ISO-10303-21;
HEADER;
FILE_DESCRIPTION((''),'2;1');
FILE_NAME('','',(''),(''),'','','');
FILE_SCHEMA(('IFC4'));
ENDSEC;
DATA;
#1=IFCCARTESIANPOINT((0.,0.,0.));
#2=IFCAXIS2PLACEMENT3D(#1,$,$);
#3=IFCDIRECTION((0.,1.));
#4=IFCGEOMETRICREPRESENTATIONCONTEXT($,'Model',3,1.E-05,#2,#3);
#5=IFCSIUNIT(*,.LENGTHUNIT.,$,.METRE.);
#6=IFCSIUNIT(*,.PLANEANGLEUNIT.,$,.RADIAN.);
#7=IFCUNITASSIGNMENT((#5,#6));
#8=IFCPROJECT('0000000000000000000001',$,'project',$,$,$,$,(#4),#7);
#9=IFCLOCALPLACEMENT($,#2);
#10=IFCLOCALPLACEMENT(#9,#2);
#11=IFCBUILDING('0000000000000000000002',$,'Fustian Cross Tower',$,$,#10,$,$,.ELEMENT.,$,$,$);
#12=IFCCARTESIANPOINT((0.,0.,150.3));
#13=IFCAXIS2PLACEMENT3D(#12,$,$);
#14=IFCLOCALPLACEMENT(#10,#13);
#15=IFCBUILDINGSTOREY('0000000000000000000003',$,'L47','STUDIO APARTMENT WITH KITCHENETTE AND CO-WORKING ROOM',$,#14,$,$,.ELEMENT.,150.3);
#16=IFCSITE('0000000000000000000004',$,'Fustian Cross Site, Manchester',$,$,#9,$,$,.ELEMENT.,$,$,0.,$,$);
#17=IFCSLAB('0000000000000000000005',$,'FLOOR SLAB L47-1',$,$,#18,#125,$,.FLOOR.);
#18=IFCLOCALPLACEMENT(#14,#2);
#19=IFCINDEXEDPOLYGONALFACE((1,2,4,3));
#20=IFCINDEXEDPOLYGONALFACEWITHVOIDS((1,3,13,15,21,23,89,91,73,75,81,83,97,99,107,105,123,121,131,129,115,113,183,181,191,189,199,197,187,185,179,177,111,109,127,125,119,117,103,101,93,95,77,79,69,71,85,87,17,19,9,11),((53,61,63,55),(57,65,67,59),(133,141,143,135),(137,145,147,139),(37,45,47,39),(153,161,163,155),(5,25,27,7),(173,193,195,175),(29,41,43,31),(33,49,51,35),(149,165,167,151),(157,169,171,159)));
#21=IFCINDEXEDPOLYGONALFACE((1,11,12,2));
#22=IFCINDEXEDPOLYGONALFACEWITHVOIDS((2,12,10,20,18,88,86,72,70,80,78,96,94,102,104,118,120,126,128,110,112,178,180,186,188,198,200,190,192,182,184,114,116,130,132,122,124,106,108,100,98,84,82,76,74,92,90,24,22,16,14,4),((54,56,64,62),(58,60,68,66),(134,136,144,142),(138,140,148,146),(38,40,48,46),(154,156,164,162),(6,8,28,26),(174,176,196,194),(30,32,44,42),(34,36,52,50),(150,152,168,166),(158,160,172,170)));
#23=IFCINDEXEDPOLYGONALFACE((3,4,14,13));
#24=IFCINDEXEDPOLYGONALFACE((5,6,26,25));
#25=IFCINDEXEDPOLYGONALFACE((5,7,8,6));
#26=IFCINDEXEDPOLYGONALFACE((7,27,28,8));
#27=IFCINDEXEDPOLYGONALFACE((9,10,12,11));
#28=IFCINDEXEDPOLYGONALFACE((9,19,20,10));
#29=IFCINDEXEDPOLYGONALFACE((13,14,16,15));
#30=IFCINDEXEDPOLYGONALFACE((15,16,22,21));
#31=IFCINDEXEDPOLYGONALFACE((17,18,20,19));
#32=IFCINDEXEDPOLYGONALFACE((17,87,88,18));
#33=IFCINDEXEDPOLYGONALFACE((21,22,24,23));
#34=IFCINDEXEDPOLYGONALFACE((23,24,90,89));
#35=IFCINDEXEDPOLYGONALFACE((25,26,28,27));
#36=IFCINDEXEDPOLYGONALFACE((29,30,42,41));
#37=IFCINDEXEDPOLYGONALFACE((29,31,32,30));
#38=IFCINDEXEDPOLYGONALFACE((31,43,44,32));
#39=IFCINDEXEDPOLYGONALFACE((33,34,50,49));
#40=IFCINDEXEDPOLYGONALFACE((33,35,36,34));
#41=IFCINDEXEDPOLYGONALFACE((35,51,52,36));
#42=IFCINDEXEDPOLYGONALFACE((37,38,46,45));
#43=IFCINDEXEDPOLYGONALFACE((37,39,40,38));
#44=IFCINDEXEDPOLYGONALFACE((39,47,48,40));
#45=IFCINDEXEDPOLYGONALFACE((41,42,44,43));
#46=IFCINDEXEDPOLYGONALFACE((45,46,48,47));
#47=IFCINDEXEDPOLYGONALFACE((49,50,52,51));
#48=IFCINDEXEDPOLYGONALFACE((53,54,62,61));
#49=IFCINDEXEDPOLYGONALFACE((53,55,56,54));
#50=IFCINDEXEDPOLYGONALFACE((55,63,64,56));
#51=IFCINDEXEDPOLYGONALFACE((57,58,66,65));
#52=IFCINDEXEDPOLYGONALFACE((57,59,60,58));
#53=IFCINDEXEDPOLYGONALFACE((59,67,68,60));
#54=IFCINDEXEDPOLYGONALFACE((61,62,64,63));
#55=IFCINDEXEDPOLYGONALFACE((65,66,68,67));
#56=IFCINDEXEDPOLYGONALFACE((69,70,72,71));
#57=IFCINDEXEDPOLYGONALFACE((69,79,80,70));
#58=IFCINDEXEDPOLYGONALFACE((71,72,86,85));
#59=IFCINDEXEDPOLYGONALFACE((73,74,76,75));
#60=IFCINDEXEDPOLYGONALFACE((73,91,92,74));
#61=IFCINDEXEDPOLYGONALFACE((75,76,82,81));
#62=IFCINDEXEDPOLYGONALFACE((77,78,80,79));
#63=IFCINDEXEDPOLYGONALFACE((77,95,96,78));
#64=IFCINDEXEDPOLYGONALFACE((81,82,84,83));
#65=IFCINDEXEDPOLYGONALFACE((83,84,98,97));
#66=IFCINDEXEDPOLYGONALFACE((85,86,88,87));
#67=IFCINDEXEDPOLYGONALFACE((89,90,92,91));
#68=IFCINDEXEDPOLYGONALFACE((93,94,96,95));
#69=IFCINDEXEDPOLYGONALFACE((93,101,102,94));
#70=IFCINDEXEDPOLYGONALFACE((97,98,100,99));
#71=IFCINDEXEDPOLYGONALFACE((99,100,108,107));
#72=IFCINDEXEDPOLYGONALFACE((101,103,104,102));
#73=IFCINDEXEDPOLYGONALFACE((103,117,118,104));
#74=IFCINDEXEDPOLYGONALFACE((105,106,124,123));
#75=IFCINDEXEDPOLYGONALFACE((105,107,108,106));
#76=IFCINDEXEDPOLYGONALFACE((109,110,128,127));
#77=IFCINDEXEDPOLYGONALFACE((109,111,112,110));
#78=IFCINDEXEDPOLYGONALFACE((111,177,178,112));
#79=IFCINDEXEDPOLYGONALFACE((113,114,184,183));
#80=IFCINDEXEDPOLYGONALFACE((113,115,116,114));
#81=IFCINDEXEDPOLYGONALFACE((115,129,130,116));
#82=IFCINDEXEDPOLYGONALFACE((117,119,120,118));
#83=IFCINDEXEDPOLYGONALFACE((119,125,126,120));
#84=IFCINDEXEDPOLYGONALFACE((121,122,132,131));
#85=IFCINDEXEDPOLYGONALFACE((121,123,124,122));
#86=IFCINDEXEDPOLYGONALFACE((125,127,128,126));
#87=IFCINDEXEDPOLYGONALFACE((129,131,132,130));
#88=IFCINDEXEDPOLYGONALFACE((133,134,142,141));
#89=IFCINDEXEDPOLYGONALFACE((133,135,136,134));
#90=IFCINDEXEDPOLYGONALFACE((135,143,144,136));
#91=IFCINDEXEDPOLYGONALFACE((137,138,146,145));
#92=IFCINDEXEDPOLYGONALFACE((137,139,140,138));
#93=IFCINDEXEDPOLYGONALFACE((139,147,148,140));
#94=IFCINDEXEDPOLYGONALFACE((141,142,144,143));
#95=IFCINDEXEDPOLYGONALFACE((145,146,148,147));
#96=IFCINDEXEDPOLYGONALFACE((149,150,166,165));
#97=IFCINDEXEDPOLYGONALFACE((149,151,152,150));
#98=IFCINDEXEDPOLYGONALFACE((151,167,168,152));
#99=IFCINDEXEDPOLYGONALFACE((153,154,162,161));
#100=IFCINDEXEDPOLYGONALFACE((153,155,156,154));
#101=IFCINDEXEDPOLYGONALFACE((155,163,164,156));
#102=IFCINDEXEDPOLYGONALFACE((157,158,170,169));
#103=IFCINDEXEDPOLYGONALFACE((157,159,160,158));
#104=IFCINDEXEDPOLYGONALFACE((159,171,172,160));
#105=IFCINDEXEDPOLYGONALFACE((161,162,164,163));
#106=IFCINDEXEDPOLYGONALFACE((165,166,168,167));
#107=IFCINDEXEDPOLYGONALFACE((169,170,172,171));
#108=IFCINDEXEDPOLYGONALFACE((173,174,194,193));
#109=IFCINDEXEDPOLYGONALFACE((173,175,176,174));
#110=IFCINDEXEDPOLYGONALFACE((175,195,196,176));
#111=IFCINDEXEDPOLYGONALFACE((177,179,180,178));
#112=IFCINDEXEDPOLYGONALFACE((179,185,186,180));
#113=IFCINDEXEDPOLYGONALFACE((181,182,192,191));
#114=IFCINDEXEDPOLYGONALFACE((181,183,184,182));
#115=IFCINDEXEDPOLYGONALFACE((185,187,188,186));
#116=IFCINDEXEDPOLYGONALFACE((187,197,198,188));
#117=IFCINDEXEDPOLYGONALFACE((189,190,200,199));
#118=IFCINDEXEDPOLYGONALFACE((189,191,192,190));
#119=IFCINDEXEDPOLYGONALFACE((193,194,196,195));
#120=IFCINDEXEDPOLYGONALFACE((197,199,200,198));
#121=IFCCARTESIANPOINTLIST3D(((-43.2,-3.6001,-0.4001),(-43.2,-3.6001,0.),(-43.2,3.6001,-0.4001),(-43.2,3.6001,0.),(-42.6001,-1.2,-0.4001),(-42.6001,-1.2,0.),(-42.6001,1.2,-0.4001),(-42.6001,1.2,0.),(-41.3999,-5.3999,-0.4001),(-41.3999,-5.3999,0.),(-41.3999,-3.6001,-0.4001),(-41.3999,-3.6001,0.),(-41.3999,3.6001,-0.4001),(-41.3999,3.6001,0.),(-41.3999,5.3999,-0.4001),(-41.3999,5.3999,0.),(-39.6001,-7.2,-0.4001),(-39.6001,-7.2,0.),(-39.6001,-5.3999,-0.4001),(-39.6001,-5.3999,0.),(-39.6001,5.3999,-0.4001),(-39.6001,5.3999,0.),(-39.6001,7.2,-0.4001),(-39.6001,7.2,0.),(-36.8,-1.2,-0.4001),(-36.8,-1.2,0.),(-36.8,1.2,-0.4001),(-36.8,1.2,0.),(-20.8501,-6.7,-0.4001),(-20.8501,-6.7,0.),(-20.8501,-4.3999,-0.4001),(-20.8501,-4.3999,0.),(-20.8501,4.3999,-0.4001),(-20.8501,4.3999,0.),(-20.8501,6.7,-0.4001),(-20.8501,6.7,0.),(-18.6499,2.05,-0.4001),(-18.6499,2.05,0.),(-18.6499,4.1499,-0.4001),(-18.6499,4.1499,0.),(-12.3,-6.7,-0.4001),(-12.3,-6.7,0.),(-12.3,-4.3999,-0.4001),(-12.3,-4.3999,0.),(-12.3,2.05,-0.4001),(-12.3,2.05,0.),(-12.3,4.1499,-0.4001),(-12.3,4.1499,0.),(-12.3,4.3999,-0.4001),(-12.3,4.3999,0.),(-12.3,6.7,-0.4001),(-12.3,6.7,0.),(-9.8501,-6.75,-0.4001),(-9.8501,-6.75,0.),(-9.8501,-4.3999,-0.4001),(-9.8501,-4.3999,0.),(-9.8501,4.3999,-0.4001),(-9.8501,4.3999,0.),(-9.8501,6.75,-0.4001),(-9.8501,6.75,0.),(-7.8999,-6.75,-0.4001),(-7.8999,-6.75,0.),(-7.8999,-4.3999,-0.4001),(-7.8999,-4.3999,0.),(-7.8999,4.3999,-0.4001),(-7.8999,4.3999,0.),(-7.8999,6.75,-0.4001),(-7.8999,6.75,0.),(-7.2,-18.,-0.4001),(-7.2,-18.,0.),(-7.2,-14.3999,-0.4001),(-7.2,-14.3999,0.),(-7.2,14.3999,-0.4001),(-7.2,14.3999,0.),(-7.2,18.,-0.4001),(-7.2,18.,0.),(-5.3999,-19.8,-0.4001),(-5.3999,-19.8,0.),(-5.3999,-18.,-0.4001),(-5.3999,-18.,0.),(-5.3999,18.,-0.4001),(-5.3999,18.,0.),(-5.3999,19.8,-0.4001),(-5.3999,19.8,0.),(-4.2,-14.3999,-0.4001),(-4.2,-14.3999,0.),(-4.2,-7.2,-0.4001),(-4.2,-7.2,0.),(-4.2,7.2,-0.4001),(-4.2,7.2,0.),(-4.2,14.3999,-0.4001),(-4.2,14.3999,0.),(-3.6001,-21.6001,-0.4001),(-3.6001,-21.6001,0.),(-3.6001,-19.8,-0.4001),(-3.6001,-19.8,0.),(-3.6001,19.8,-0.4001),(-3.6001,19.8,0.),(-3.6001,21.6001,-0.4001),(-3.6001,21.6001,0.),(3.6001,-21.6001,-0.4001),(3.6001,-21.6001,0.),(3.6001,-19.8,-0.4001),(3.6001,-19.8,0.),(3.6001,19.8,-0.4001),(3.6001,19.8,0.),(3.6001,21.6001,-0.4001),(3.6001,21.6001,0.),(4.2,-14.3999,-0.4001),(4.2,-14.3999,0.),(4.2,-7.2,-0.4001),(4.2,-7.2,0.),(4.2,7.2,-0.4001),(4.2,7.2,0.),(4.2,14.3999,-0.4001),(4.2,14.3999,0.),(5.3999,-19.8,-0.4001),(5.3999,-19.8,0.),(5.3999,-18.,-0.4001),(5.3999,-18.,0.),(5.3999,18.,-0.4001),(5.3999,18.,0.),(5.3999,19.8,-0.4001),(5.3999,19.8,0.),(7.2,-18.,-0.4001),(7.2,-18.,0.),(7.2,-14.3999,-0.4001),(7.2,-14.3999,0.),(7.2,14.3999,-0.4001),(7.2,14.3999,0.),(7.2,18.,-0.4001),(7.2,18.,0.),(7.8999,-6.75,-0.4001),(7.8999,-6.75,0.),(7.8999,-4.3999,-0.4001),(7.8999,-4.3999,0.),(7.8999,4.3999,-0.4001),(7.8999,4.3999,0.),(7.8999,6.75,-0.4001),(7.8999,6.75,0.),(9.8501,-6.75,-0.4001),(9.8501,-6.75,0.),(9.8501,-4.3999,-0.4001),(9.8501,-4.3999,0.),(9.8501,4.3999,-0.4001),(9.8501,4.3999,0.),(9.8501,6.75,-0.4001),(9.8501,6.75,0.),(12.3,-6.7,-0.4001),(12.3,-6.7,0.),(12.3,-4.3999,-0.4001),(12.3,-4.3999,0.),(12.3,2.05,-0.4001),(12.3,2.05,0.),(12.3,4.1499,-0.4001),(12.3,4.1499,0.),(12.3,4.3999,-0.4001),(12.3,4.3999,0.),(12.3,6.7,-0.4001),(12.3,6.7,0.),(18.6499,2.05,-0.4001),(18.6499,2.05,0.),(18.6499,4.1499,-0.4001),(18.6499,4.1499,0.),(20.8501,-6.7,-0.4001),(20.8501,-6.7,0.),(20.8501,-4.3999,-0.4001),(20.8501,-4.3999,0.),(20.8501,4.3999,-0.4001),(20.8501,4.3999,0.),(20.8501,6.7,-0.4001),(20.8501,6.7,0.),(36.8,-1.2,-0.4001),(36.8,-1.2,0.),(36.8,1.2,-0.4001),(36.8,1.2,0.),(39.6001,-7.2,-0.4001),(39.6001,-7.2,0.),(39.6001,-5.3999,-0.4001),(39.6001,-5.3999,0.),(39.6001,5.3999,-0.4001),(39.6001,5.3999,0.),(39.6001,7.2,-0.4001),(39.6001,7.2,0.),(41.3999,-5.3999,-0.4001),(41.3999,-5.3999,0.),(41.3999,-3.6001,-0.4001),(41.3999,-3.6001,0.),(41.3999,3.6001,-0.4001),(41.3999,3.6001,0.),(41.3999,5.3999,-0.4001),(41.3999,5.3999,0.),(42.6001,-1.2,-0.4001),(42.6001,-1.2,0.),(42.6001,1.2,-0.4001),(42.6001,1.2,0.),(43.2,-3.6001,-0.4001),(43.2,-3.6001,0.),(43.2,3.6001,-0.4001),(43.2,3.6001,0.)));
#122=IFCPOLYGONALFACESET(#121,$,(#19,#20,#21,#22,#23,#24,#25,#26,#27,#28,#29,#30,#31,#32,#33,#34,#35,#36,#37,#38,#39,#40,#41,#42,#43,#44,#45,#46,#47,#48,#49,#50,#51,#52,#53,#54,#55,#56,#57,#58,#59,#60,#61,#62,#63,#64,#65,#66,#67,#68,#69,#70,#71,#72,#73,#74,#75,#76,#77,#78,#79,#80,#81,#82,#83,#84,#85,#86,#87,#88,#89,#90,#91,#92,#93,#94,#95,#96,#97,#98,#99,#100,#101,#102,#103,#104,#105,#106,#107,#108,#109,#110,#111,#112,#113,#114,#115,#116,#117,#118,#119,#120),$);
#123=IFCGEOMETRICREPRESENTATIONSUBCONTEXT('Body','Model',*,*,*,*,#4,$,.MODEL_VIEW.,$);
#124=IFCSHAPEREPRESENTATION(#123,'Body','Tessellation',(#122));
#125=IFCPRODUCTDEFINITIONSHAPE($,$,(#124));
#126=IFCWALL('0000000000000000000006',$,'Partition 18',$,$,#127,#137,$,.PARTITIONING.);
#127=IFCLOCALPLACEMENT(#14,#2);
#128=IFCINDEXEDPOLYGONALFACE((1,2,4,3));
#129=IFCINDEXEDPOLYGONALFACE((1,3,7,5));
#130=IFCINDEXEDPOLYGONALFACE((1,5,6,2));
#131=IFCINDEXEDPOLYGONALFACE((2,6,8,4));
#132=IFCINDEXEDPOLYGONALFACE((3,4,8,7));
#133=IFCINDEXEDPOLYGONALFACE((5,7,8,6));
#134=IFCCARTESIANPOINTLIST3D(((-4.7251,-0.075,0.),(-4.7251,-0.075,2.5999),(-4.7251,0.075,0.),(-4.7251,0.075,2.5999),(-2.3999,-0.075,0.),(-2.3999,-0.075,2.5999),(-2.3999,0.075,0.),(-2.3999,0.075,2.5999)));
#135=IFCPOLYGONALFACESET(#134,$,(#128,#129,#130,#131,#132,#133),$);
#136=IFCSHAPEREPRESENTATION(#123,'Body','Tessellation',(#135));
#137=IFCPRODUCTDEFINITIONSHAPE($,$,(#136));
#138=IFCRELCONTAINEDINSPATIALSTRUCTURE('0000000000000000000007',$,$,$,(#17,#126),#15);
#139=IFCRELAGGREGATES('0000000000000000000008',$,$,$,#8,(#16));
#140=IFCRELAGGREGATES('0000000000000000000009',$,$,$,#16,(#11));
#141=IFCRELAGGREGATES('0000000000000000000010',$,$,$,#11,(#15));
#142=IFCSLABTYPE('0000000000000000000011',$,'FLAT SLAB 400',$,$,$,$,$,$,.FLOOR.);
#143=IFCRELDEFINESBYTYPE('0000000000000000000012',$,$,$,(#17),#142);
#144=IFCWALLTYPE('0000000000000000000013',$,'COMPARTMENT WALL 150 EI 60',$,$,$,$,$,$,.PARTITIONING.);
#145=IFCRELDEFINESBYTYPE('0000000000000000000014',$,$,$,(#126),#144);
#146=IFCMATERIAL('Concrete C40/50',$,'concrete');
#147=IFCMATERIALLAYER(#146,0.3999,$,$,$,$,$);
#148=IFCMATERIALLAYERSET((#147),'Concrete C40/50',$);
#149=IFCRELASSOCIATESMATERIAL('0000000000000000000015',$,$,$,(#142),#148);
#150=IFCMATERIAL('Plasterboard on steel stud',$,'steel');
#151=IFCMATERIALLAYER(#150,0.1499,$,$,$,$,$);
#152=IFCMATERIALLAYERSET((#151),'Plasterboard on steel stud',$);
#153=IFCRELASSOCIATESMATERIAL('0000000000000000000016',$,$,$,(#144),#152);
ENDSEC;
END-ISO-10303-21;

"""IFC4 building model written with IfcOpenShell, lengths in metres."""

from ifc_helpers import new_model, si_unit, direction, frame, frame_2d, origin, place, context, subcontext, project, spatial, polyline, rectangle, outline, extrude, material, layer, layer_set, type_object, element, save


model = new_model("IFC4")

# Units and contexts
model_context = context("Model", 3, precision=1e-05, world=origin(), true_north=direction((0.0, 1.0)))
body_context = subcontext(model_context, "Body", "Model", "MODEL_VIEW")
ifc_project = project(units=[si_unit("LENGTHUNIT", "METRE"), si_unit("PLANEANGLEUNIT", "RADIAN")], contexts=[model_context])

# Site, building, storey
site_placement = place(None, origin())
site = spatial("IfcSite", under=ifc_project, at=site_placement, Name="Fustian Cross Site, Manchester", CompositionType="ELEMENT", RefElevation=0.0)
building_placement = place(site_placement, origin())
building = spatial("IfcBuilding", under=site, at=building_placement, Name="Fustian Cross Tower", CompositionType="ELEMENT")
storey_placement = place(building_placement, frame((0.0, 0.0, 150.3)))
storey = spatial("IfcBuildingStorey", under=building, at=storey_placement, Name="L47", Description="STUDIO APARTMENT WITH KITCHENETTE AND CO-WORKING ROOM", CompositionType="ELEMENT", Elevation=150.3)

# Slab
ifc_material_1 = material(Name="Concrete C40/50", Category="concrete")
ifc_layer_1 = layer(ifc_material_1, 0.3999)
ifc_layer_set_1 = layer_set([ifc_layer_1], Name="Concrete C40/50")
slab_type_1 = type_object("IfcSlabType", Name="FLAT SLAB 400", PredefinedType="FLOOR", material=ifc_layer_set_1)
slab_1_placement = place(storey_placement, frame((0.0, 0.0, -0.4001)))
element("IfcSlab", 1, at=slab_1_placement, inside=storey, type_object=slab_type_1, Name="FLOOR SLAB L47-1", PredefinedType="FLOOR", context=body_context, shape_type="SweptSolid", body=[
    extrude(outline(polyline([(-5.3999, -18.0), (-7.2, -18.0), (-7.2, -14.3999), (-4.2, -14.3999), (-4.2, -7.2), (-39.6001, -7.2), (-39.6001, -5.3999), (-41.3999, -5.3999), (-41.3999, -3.6001), (-43.2, -3.6001), (-43.2, 3.6001), (-41.3999, 3.6001), (-41.3999, 5.3999), (-39.6001, 5.3999), (-39.6001, 7.2), (-4.2, 7.2), (-4.2, 14.3999), (-7.2, 14.3999), (-7.2, 18.0), (-5.3999, 18.0), (-5.3999, 19.8), (-3.6001, 19.8), (-3.6001, 21.6001), (3.6001, 21.6001), (3.6001, 19.8), (5.3999, 19.8), (5.3999, 18.0), (7.2, 18.0), (7.2, 14.3999), (4.2, 14.3999), (4.2, 7.2), (39.6001, 7.2), (39.6001, 5.3999), (41.3999, 5.3999), (41.3999, 3.6001), (43.2, 3.6001), (43.2, -3.6001), (41.3999, -3.6001), (41.3999, -5.3999), (39.6001, -5.3999), (39.6001, -7.2), (4.2, -7.2), (4.2, -14.3999), (7.2, -14.3999), (7.2, -18.0), (5.3999, -18.0), (5.3999, -19.8), (3.6001, -19.8), (3.6001, -21.6001), (-3.6001, -21.6001), (-3.6001, -19.8), (-5.3999, -19.8), (-5.3999, -18.0)]), holes=[polyline([(9.8501, 4.3999), (9.8501, 6.75), (7.8999, 6.75), (7.8999, 4.3999), (9.8501, 4.3999)]), polyline([(7.8999, -6.75), (9.8501, -6.75), (9.8501, -4.3999), (7.8999, -4.3999), (7.8999, -6.75)]), polyline([(-9.8501, 6.75), (-9.8501, 4.3999), (-7.8999, 4.3999), (-7.8999, 6.75), (-9.8501, 6.75)]), polyline([(-7.8999, -4.3999), (-9.8501, -4.3999), (-9.8501, -6.75), (-7.8999, -6.75), (-7.8999, -4.3999)]), polyline([(18.6499, 2.05), (18.6499, 4.1499), (12.3, 4.1499), (12.3, 2.05), (18.6499, 2.05)]), polyline([(-18.6499, 2.05), (-12.3, 2.05), (-12.3, 4.1499), (-18.6499, 4.1499), (-18.6499, 2.05)]), polyline([(12.3, 6.7), (12.3, 4.3999), (20.8501, 4.3999), (20.8501, 6.7), (12.3, 6.7)]), polyline([(20.8501, -4.3999), (12.3, -4.3999), (12.3, -6.7), (20.8501, -6.7), (20.8501, -4.3999)]), polyline([(-12.3, 4.3999), (-12.3, 6.7), (-20.8501, 6.7), (-20.8501, 4.3999), (-12.3, 4.3999)]), polyline([(-20.8501, -6.7), (-12.3, -6.7), (-12.3, -4.3999), (-20.8501, -4.3999), (-20.8501, -6.7)]), polyline([(36.8, 1.2), (36.8, -1.2), (42.6001, -1.2), (42.6001, 1.2), (36.8, 1.2)]), polyline([(-36.8, 1.2), (-42.6001, 1.2), (-42.6001, -1.2), (-36.8, -1.2), (-36.8, 1.2)])]), origin(), (0.0, 0.0, 1.0), 0.4001),
])

# Wall
ifc_material_2 = material(Name="Plasterboard on steel stud", Category="steel")
ifc_layer_2 = layer(ifc_material_2, 0.1499)
ifc_layer_set_2 = layer_set([ifc_layer_2], Name="Plasterboard on steel stud")
wall_type_1 = type_object("IfcWallType", Name="COMPARTMENT WALL 150 EI 60", PredefinedType="PARTITIONING", material=ifc_layer_set_2)
wall_1_placement = place(storey_placement, frame((-4.7251, 0.0, 0.0), z_axis=(0.0, 0.0, 1.0), x_axis=(1.0, 0.0, 0.0)))
element("IfcWall", 2, at=wall_1_placement, inside=storey, type_object=wall_type_1, Name="Partition 18", PredefinedType="PARTITIONING", context=body_context, shape_type="SweptSolid", body=[
    extrude(rectangle(XDim=2.3252, YDim=0.1499, at=frame_2d((1.1626, 0.0))), origin(), (0.0, 0.0, 1.0), 2.5999),
])

save(model, "model.ifc")
